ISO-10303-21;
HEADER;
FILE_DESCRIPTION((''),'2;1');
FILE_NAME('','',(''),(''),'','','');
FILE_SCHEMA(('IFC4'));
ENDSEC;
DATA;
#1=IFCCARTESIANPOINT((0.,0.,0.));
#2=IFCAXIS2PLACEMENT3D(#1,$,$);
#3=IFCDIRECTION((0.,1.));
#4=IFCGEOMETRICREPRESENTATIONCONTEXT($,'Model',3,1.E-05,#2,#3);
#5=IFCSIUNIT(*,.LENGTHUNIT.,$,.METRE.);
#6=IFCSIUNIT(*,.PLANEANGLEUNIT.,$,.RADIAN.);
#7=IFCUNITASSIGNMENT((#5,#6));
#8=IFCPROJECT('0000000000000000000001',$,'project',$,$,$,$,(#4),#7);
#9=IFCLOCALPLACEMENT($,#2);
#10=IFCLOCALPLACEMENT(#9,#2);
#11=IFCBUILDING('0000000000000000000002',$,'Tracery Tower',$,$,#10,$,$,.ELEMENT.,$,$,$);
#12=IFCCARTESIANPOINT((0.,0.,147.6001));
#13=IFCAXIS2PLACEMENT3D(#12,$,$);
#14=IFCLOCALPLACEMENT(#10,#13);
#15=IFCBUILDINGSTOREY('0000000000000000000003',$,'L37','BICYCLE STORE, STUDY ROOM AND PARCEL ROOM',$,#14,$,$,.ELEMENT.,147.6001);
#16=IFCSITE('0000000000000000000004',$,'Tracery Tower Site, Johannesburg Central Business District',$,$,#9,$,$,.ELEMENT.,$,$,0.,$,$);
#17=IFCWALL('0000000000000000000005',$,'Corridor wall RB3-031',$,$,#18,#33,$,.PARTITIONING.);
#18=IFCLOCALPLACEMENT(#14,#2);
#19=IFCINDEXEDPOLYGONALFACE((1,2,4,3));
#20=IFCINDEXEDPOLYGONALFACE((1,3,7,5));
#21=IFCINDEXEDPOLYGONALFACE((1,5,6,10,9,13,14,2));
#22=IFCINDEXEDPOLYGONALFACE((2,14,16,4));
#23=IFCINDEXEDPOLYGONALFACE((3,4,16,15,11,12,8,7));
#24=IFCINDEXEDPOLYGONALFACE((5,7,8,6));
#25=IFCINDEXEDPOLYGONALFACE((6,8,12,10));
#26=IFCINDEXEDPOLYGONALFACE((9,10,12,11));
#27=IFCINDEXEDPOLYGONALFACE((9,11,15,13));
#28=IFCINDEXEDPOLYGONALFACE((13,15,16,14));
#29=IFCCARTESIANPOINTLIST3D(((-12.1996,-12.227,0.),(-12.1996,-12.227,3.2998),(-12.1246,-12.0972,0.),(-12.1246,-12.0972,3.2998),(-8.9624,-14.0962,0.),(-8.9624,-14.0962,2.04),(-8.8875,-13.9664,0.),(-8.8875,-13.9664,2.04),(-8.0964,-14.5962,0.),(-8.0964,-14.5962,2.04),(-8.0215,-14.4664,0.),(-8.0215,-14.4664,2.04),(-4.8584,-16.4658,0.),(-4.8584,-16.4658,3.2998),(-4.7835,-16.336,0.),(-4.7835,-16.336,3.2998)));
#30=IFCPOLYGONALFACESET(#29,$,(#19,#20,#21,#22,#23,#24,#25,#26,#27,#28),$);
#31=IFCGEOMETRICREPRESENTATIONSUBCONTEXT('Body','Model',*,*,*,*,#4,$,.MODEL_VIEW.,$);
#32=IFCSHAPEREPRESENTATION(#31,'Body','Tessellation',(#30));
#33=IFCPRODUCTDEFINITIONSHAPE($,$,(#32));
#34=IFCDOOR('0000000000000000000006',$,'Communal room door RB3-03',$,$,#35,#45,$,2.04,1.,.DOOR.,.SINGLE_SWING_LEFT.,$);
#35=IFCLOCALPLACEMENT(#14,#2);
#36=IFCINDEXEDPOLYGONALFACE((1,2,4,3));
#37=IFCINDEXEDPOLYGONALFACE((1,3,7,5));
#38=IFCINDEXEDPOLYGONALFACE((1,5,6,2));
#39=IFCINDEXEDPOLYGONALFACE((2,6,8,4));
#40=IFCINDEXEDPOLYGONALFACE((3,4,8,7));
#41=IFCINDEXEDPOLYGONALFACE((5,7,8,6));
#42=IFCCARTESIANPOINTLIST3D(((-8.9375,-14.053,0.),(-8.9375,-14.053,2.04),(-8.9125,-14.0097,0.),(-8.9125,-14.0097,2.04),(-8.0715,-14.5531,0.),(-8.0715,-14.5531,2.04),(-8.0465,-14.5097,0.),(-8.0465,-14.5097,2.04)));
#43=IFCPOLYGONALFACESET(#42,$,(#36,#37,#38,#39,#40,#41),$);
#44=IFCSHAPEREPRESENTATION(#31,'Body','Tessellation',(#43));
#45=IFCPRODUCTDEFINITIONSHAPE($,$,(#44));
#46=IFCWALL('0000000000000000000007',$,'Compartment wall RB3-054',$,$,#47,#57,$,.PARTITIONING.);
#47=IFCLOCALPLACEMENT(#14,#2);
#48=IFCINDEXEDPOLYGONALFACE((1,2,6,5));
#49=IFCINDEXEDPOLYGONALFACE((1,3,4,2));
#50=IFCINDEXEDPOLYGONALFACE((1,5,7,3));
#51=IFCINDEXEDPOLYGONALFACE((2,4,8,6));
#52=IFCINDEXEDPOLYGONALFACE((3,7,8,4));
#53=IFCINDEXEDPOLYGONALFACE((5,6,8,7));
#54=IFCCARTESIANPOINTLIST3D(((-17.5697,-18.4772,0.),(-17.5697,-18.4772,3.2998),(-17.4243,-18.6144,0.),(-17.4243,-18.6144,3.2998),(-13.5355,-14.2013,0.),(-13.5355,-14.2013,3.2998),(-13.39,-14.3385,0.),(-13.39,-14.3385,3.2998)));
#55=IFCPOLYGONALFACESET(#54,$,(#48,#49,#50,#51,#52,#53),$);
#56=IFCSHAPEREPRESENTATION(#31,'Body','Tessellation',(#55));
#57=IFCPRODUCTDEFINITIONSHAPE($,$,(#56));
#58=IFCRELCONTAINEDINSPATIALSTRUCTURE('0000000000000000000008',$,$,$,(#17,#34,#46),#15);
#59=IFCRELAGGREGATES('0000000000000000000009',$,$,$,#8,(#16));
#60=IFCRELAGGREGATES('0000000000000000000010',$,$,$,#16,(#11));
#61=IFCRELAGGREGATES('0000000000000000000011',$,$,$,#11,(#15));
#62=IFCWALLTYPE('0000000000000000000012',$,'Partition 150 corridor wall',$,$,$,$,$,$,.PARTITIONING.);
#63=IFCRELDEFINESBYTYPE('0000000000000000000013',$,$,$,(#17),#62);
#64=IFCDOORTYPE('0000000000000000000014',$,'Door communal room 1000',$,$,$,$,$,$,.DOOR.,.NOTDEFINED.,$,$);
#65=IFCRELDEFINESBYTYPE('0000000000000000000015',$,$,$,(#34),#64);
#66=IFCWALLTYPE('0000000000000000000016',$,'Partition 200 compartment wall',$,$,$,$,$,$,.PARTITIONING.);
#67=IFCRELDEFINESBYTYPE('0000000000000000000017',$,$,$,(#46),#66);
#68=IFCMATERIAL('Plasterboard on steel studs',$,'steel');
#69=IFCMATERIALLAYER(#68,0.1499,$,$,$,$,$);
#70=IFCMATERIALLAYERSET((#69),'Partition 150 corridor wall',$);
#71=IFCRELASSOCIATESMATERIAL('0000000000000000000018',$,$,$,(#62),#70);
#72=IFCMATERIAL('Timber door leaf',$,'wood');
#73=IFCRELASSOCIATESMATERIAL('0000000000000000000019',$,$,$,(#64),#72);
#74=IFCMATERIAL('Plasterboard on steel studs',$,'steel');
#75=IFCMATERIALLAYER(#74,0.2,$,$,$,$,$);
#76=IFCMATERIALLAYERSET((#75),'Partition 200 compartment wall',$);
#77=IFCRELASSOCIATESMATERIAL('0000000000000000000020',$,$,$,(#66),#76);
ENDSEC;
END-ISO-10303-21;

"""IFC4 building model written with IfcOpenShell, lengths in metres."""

from ifc_helpers import new_model, si_unit, direction, frame, frame_2d, origin, place, context, subcontext, project, spatial, rectangle, extrude, material, layer, layer_set, type_object, element, fill, save


model = new_model("IFC4")

# Units and contexts
model_context = context("Model", 3, precision=1e-05, world=origin(), true_north=direction((0.0, 1.0)))
body_context = subcontext(model_context, "Body", "Model", "MODEL_VIEW")
ifc_project = project(units=[si_unit("LENGTHUNIT", "METRE"), si_unit("PLANEANGLEUNIT", "RADIAN")], contexts=[model_context])

# Site, building, storey
site_placement = place(None, origin())
site = spatial("IfcSite", under=ifc_project, at=site_placement, Name="Tracery Tower Site, Johannesburg Central Business District", CompositionType="ELEMENT", RefElevation=0.0)
building_placement = place(site_placement, origin())
building = spatial("IfcBuilding", under=site, at=building_placement, Name="Tracery Tower", CompositionType="ELEMENT")
storey_placement = place(building_placement, frame((0.0, 0.0, 147.6001)))
storey = spatial("IfcBuildingStorey", under=building, at=storey_placement, Name="L37", Description="BICYCLE STORE, STUDY ROOM AND PARCEL ROOM", CompositionType="ELEMENT", Elevation=147.6001)

# Wall, opening, door
ifc_material_1 = material(Name="Plasterboard on steel studs", Category="steel")
ifc_layer_1 = layer(ifc_material_1, 0.1499)
ifc_layer_set_1 = layer_set([ifc_layer_1], Name="Partition 150 corridor wall")
wall_type_1 = type_object("IfcWallType", Name="Partition 150 corridor wall", PredefinedType="PARTITIONING", material=ifc_layer_set_1)
wall_1_placement = place(storey_placement, frame((-12.1621, -12.1621, 0.0), z_axis=(0.0, 0.0, 1.0), x_axis=(0.866005, -0.500036, 0.0)))
wall_1 = element("IfcWall", 1, at=wall_1_placement, inside=storey, type_object=wall_type_1, Name="Corridor wall RB3-031", PredefinedType="PARTITIONING", context=body_context, shape_type="SweptSolid", body=[
    extrude(rectangle(XDim=8.4771, YDim=0.1499, at=frame_2d((4.2385, 0.0))), origin(), (0.0, 0.0, 1.0), 3.2998),
])
opening_1_placement = place(wall_1_placement, frame((3.738, 0.0, 0.0)))
opening_1 = element("IfcOpeningElement", 2, at=opening_1_placement, cuts=wall_1, PredefinedType="OPENING", context=body_context, shape_type="SweptSolid", body=[
    extrude(rectangle(XDim=1.0, YDim=2.04, at=frame_2d((0.5, 1.02))), frame((0.0, 0.075, 0.0), z_axis=(0.0, -1.0, 0.0), x_axis=(1.0, 0.0, 0.0)), (0.0, 0.0, 1.0), 0.1499),
])
ifc_material_2 = material(Name="Timber door leaf", Category="wood")
door_type_1 = type_object("IfcDoorType", Name="Door communal room 1000", OperationType="NOTDEFINED", PredefinedType="DOOR", material=ifc_material_2)
door_1_placement = place(opening_1_placement, origin())
door_1 = element("IfcDoor", 3, at=door_1_placement, inside=storey, type_object=door_type_1, Name="Communal room door RB3-03", OperationType="SINGLE_SWING_LEFT", OverallHeight=2.04, OverallWidth=1.0, PredefinedType="DOOR", context=body_context, shape_type="SweptSolid", body=[
    extrude(rectangle(XDim=1.0, YDim=2.04, at=frame_2d((0.5, 1.02))), frame((0.0, 0.0249, 0.0), z_axis=(0.0, -1.0, 0.0), x_axis=(1.0, 0.0, 0.0)), (0.0, 0.0, 1.0), 0.05),
])
fill(opening_1, door_1)

# Wall
ifc_material_3 = material(Name="Plasterboard on steel studs", Category="steel")
ifc_layer_2 = layer(ifc_material_3, 0.2)
ifc_layer_set_2 = layer_set([ifc_layer_2], Name="Partition 200 compartment wall")
wall_type_2 = type_object("IfcWallType", Name="Partition 200 compartment wall", PredefinedType="PARTITIONING", material=ifc_layer_set_2)
wall_2_placement = place(storey_placement, frame((-17.4971, -18.5459, 0.0), z_axis=(0.0, 0.0, 1.0), x_axis=(0.68625, 0.727365, 0.0)))
element("IfcWall", 4, at=wall_2_placement, inside=storey, type_object=wall_type_2, Name="Compartment wall RB3-054", PredefinedType="PARTITIONING", context=body_context, shape_type="SweptSolid", body=[
    extrude(rectangle(XDim=5.8787, YDim=0.2, at=frame_2d((2.9395, 0.0))), origin(), (0.0, 0.0, 1.0), 3.2998),
])

save(model, "model.ifc")
